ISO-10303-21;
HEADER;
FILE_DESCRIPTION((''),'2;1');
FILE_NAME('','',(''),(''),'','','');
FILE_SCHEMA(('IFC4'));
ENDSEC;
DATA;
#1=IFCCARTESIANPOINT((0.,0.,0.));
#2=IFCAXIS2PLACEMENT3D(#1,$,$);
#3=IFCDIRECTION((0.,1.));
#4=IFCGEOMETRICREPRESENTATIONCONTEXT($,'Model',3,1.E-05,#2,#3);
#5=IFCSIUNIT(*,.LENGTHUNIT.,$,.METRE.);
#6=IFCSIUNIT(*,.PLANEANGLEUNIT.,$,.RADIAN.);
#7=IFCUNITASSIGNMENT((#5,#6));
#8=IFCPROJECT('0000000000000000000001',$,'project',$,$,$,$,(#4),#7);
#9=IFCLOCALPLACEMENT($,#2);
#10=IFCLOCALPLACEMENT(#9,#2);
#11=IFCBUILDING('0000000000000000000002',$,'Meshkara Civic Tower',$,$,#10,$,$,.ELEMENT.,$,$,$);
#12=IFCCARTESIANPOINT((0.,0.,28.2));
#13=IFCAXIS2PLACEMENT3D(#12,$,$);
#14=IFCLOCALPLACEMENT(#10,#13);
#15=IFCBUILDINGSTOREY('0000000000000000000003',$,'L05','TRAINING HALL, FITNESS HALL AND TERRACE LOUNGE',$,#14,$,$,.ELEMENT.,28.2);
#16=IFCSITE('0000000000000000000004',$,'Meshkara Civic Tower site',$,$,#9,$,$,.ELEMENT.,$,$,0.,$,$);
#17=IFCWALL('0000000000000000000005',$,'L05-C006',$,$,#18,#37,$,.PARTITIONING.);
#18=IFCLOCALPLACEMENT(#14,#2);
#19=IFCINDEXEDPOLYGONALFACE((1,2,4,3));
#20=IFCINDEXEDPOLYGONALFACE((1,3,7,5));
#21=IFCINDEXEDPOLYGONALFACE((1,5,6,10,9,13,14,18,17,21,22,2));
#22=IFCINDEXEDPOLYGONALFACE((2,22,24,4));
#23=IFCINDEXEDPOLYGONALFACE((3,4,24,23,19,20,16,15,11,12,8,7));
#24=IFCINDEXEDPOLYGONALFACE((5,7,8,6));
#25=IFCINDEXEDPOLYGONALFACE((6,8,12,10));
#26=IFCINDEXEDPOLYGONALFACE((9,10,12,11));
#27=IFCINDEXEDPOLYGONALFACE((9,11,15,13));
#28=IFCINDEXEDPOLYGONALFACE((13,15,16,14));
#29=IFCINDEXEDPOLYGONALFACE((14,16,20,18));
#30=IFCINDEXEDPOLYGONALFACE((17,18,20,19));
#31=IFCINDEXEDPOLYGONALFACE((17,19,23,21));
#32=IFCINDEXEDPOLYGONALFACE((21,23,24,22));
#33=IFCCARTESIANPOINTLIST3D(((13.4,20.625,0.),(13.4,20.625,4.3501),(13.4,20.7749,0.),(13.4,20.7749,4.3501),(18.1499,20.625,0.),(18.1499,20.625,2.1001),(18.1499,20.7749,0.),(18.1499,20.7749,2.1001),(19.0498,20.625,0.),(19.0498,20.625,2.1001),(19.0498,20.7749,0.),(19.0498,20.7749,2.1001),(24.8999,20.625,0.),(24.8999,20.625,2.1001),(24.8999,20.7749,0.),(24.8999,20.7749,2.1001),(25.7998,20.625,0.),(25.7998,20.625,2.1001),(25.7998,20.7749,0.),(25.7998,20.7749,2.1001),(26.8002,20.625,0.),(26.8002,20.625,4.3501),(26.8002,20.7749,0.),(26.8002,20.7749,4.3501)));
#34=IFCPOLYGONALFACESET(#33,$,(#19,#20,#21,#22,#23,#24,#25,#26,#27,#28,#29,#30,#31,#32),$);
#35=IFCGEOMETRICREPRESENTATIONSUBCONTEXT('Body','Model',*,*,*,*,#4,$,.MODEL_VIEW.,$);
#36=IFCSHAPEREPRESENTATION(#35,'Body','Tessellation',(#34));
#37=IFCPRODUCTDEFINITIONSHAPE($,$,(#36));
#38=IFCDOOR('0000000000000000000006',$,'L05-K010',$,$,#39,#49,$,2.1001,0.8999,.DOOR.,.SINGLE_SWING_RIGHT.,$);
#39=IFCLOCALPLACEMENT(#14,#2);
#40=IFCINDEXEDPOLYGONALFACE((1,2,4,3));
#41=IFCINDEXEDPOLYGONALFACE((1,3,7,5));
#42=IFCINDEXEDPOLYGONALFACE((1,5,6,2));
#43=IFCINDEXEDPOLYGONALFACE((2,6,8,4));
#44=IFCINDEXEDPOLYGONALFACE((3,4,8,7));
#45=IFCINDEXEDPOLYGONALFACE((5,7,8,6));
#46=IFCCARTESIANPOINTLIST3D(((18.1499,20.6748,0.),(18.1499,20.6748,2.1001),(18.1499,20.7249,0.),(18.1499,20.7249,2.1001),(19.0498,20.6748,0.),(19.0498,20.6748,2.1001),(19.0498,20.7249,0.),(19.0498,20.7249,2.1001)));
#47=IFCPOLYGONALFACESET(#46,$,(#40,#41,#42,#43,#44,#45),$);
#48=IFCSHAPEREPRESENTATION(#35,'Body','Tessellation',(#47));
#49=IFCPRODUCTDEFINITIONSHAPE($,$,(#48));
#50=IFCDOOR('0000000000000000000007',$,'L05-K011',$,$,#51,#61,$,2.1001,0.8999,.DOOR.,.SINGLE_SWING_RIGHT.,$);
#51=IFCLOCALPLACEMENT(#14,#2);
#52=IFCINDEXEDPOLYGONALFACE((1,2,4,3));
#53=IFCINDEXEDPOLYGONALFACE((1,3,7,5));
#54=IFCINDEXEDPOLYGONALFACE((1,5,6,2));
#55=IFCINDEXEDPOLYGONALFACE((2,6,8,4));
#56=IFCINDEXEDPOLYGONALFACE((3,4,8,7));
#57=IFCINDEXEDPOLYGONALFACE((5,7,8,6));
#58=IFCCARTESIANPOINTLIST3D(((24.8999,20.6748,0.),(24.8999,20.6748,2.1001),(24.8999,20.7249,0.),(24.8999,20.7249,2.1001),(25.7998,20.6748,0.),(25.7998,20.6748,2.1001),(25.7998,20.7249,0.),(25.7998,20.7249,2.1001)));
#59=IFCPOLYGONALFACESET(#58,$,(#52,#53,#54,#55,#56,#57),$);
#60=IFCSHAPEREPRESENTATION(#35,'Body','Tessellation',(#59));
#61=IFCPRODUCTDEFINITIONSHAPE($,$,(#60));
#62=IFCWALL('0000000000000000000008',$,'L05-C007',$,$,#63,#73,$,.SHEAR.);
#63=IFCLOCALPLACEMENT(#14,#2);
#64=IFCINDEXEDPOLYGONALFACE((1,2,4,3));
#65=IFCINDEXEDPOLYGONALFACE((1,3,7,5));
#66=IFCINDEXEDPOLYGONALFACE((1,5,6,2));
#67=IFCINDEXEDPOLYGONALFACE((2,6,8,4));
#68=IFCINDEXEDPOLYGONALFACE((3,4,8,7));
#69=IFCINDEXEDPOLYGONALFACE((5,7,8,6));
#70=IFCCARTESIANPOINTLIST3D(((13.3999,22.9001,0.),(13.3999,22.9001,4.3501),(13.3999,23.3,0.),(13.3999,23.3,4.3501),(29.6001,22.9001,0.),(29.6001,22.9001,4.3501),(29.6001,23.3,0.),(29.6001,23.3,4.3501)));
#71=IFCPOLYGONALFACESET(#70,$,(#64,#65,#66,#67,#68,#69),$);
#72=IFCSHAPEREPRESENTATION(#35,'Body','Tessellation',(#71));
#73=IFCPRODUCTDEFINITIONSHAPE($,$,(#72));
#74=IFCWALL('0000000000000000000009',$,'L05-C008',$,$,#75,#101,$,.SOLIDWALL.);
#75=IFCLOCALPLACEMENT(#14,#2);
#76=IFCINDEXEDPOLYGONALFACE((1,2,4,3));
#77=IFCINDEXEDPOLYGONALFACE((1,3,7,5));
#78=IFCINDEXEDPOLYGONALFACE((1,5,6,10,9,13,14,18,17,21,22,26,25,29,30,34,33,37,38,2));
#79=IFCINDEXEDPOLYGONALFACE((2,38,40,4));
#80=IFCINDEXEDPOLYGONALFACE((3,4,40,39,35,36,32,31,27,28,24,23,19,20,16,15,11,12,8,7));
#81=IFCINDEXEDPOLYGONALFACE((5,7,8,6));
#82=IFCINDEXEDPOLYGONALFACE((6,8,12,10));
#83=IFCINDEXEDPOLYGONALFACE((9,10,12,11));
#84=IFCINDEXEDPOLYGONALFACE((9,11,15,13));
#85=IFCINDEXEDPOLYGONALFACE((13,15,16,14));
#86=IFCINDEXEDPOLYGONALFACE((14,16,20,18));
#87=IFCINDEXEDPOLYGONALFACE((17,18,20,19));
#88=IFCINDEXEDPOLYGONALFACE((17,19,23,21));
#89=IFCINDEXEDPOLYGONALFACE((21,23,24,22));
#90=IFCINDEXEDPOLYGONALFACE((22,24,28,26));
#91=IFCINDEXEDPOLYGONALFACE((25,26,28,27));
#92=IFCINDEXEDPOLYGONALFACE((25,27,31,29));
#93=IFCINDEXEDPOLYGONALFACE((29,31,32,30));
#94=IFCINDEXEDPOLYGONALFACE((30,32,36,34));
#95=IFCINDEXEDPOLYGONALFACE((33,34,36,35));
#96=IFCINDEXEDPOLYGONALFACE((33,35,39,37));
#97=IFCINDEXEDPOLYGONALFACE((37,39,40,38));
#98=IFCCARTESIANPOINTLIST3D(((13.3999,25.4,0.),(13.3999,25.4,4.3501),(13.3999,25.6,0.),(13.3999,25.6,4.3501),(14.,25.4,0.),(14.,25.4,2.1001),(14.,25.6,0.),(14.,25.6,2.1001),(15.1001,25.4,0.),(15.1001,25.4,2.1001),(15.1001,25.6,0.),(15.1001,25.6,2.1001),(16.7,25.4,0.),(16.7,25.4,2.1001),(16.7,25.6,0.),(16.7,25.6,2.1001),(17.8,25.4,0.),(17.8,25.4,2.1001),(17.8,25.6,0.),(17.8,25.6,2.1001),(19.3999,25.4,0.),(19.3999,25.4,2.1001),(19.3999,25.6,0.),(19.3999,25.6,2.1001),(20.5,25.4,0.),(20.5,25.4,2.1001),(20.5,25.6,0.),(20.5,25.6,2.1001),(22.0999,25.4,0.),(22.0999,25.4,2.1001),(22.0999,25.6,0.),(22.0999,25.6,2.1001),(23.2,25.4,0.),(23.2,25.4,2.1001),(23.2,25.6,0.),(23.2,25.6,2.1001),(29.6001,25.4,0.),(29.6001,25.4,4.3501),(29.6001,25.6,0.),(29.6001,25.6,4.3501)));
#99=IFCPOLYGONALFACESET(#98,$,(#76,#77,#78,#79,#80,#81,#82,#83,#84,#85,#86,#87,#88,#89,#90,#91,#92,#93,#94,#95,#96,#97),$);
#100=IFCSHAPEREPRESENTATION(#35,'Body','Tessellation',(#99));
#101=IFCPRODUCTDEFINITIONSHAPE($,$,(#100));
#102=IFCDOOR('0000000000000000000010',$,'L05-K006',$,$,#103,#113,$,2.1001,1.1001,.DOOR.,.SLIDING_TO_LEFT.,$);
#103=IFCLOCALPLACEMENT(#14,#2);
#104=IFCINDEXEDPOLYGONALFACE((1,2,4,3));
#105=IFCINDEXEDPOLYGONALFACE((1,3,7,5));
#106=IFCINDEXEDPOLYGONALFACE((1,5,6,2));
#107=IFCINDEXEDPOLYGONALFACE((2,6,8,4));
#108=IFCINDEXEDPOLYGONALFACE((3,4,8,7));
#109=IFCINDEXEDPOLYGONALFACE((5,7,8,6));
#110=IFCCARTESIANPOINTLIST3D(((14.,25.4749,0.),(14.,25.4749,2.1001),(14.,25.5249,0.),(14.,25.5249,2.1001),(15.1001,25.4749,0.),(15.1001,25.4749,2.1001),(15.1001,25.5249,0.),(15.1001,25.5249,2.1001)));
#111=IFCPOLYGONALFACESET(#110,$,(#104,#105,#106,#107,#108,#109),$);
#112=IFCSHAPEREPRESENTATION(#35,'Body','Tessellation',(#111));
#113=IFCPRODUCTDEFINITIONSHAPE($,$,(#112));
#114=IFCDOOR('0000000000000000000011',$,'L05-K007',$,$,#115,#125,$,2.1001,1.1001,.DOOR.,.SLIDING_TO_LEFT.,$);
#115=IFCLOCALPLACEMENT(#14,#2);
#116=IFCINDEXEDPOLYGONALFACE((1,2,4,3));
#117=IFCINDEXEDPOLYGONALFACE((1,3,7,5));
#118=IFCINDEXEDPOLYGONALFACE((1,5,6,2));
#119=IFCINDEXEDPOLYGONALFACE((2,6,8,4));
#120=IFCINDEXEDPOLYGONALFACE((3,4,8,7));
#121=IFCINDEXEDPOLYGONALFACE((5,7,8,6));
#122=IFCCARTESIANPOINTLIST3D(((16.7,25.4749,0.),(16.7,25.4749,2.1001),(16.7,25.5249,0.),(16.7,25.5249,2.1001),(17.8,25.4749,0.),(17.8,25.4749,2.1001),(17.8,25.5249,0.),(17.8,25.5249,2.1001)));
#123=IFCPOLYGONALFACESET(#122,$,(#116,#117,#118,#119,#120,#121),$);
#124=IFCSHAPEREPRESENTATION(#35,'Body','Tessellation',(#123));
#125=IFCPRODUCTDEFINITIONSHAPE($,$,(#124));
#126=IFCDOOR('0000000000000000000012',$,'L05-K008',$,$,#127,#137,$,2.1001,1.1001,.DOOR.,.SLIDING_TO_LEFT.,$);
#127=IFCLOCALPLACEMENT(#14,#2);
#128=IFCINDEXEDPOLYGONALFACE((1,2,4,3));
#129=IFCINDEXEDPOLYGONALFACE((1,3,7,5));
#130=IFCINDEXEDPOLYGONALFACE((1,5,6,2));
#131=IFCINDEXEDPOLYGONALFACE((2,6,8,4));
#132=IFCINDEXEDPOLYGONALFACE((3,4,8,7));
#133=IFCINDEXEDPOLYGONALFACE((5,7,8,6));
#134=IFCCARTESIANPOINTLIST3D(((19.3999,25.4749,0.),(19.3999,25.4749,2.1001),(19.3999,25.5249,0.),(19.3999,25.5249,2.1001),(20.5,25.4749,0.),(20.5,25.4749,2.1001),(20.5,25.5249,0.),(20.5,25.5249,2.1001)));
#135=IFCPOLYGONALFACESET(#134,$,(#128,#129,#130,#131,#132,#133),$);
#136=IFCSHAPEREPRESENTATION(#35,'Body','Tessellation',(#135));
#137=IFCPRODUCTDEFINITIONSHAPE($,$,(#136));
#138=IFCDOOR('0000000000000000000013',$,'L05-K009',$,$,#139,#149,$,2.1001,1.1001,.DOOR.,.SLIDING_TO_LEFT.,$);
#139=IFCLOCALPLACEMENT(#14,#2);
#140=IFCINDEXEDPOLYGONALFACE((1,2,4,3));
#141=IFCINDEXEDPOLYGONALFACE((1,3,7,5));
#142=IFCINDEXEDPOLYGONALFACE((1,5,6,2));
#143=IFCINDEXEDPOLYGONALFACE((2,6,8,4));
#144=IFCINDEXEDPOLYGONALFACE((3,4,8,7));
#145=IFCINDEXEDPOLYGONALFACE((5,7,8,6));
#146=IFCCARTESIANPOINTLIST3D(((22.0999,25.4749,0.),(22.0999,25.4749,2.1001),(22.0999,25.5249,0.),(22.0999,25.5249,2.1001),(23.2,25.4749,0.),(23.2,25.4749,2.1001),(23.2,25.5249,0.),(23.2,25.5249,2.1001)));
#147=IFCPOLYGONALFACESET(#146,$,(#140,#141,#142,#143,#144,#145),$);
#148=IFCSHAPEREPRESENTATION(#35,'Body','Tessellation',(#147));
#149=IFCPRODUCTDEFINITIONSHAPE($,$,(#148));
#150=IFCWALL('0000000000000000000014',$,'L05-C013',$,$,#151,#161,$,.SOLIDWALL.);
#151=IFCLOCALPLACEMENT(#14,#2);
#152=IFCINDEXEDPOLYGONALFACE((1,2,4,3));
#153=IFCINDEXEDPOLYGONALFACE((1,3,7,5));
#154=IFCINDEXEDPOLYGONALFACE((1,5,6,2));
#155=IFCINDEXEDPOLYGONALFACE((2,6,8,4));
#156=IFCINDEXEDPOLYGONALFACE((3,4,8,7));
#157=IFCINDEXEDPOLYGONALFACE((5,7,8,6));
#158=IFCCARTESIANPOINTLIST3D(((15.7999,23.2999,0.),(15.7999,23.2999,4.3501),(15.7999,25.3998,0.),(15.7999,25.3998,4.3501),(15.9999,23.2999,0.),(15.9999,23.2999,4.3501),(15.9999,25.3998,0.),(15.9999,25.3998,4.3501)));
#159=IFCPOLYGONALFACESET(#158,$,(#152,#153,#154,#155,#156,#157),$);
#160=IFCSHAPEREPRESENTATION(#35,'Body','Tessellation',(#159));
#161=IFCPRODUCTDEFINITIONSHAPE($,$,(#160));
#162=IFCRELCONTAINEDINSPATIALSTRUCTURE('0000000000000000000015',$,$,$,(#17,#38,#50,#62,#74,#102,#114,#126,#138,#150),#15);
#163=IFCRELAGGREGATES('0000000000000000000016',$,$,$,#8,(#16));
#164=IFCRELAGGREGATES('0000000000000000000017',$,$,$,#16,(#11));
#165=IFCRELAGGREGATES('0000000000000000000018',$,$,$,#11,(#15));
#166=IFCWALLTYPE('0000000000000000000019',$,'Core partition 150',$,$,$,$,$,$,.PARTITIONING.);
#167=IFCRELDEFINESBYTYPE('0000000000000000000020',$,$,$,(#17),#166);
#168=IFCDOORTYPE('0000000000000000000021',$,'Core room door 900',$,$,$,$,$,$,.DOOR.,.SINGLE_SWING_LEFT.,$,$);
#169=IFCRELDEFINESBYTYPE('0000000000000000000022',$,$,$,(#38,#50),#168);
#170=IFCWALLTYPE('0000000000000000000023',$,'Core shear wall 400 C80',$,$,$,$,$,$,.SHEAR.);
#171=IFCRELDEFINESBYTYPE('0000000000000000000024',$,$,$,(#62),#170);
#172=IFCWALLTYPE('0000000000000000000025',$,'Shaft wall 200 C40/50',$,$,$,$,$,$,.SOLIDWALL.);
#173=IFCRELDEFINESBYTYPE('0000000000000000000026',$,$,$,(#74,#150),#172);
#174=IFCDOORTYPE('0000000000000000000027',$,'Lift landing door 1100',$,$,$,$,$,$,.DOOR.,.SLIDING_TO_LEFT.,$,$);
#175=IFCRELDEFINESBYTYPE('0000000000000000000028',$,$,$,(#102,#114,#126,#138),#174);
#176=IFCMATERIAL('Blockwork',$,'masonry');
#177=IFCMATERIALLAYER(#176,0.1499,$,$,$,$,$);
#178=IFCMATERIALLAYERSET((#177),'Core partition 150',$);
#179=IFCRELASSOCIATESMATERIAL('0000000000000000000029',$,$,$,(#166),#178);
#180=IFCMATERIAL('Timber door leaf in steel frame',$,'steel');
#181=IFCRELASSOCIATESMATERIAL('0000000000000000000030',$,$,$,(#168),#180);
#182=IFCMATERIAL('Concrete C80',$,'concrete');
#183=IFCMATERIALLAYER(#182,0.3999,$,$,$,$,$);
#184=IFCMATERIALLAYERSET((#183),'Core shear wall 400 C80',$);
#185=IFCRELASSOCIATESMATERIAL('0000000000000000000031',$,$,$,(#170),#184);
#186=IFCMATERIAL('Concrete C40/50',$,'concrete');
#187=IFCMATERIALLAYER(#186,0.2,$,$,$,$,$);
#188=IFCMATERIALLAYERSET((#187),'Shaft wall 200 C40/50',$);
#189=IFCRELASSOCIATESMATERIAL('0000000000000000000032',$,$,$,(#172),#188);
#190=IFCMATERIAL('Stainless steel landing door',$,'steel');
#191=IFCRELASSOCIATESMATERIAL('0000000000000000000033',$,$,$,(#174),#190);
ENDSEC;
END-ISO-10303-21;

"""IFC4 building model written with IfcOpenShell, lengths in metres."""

from ifc_helpers import new_model, si_unit, direction, frame, frame_2d, origin, place, context, subcontext, project, spatial, rectangle, extrude, material, layer, layer_set, type_object, element, fill, save


model = new_model("IFC4")

# Units and contexts
model_context = context("Model", 3, precision=1e-05, world=origin(), true_north=direction((0.0, 1.0)))
body_context = subcontext(model_context, "Body", "Model", "MODEL_VIEW")
ifc_project = project(units=[si_unit("LENGTHUNIT", "METRE"), si_unit("PLANEANGLEUNIT", "RADIAN")], contexts=[model_context])

# Site, building, storey
site_placement = place(None, origin())
site = spatial("IfcSite", under=ifc_project, at=site_placement, Name="Meshkara Civic Tower site", CompositionType="ELEMENT", RefElevation=0.0)
building_placement = place(site_placement, origin())
building = spatial("IfcBuilding", under=site, at=building_placement, Name="Meshkara Civic Tower", CompositionType="ELEMENT")
storey_placement = place(building_placement, frame((0.0, 0.0, 28.2)))
storey = spatial("IfcBuildingStorey", under=building, at=storey_placement, Name="L05", Description="TRAINING HALL, FITNESS HALL AND TERRACE LOUNGE", CompositionType="ELEMENT", Elevation=28.2)

# Wall, openings, doors
ifc_material_1 = material(Name="Blockwork", Category="masonry")
ifc_layer_1 = layer(ifc_material_1, 0.1499)
ifc_layer_set_1 = layer_set([ifc_layer_1], Name="Core partition 150")
wall_type_1 = type_object("IfcWallType", Name="Core partition 150", PredefinedType="PARTITIONING", material=ifc_layer_set_1)
wall_1_placement = place(storey_placement, frame((13.3999, 20.7, 0.0), z_axis=(0.0, 0.0, 1.0), x_axis=(1.0, 0.0, 0.0)))
wall_1 = element("IfcWall", 1, at=wall_1_placement, inside=storey, type_object=wall_type_1, Name="L05-C006", PredefinedType="PARTITIONING", context=body_context, shape_type="SweptSolid", body=[
    extrude(rectangle(XDim=13.4001, YDim=0.1499, at=frame_2d((6.7002, 0.0))), origin(), (0.0, 0.0, 1.0), 4.3501),
])
opening_1_placement = place(wall_1_placement, frame((4.75, 0.0, 0.0)))
opening_1 = element("IfcOpeningElement", 2, at=opening_1_placement, cuts=wall_1, PredefinedType="OPENING", context=body_context, shape_type="SweptSolid", body=[
    extrude(rectangle(XDim=0.8999, YDim=2.1001, at=frame_2d((0.45, 1.05))), frame((0.0, 0.085, 0.0), z_axis=(0.0, -1.0, 0.0), x_axis=(1.0, 0.0, 0.0)), (0.0, 0.0, 1.0), 0.1699),
])
opening_2_placement = place(wall_1_placement, frame((11.5, 0.0, 0.0)))
opening_2 = element("IfcOpeningElement", 3, at=opening_2_placement, cuts=wall_1, PredefinedType="OPENING", context=body_context, shape_type="SweptSolid", body=[
    extrude(rectangle(XDim=0.8999, YDim=2.1001, at=frame_2d((0.45, 1.05))), frame((0.0, 0.085, 0.0), z_axis=(0.0, -1.0, 0.0), x_axis=(1.0, 0.0, 0.0)), (0.0, 0.0, 1.0), 0.1699),
])
ifc_material_2 = material(Name="Timber door leaf in steel frame", Category="steel")
door_type_1 = type_object("IfcDoorType", Name="Core room door 900", OperationType="SINGLE_SWING_LEFT", PredefinedType="DOOR", material=ifc_material_2)
door_1_placement = place(opening_1_placement, origin())
door_1 = element("IfcDoor", 4, at=door_1_placement, inside=storey, type_object=door_type_1, Name="L05-K010", OperationType="SINGLE_SWING_RIGHT", OverallHeight=2.1001, OverallWidth=0.8999, PredefinedType="DOOR", context=body_context, shape_type="SweptSolid", body=[
    extrude(rectangle(XDim=0.8999, YDim=2.1001, at=frame_2d((0.45, 1.05))), frame((0.0, 0.0249, 0.0), z_axis=(0.0, -1.0, 0.0), x_axis=(1.0, 0.0, 0.0)), (0.0, 0.0, 1.0), 0.05),
])
fill(opening_1, door_1)
door_2_placement = place(opening_2_placement, origin())
door_2 = element("IfcDoor", 5, at=door_2_placement, inside=storey, type_object=door_type_1, Name="L05-K011", OperationType="SINGLE_SWING_RIGHT", OverallHeight=2.1001, OverallWidth=0.8999, PredefinedType="DOOR", context=body_context, shape_type="SweptSolid", body=[
    extrude(rectangle(XDim=0.8999, YDim=2.1001, at=frame_2d((0.45, 1.05))), frame((0.0, 0.0249, 0.0), z_axis=(0.0, -1.0, 0.0), x_axis=(1.0, 0.0, 0.0)), (0.0, 0.0, 1.0), 0.05),
])
fill(opening_2, door_2)

# Wall
ifc_material_3 = material(Name="Concrete C80", Category="concrete")
ifc_layer_2 = layer(ifc_material_3, 0.3999)
ifc_layer_set_2 = layer_set([ifc_layer_2], Name="Core shear wall 400 C80")
wall_type_2 = type_object("IfcWallType", Name="Core shear wall 400 C80", PredefinedType="SHEAR", material=ifc_layer_set_2)
wall_2_placement = place(storey_placement, frame((13.3999, 23.1001, 0.0), z_axis=(0.0, 0.0, 1.0), x_axis=(1.0, 0.0, 0.0)))
element("IfcWall", 6, at=wall_2_placement, inside=storey, type_object=wall_type_2, Name="L05-C007", PredefinedType="SHEAR", context=body_context, shape_type="SweptSolid", body=[
    extrude(rectangle(XDim=16.2002, YDim=0.3999, at=frame_2d((8.1001, 0.0))), origin(), (0.0, 0.0, 1.0), 4.3501),
])

# Wall, openings, doors
ifc_material_4 = material(Name="Concrete C40/50", Category="concrete")
ifc_layer_3 = layer(ifc_material_4, 0.2)
ifc_layer_set_3 = layer_set([ifc_layer_3], Name="Shaft wall 200 C40/50")
wall_type_3 = type_object("IfcWallType", Name="Shaft wall 200 C40/50", PredefinedType="SOLIDWALL", material=ifc_layer_set_3)
wall_3_placement = place(storey_placement, frame((13.3999, 25.5, 0.0), z_axis=(0.0, 0.0, 1.0), x_axis=(1.0, 0.0, 0.0)))
wall_3 = element("IfcWall", 7, at=wall_3_placement, inside=storey, type_object=wall_type_3, Name="L05-C008", PredefinedType="SOLIDWALL", context=body_context, shape_type="SweptSolid", body=[
    extrude(rectangle(XDim=16.2002, YDim=0.2, at=frame_2d((8.1001, 0.0))), origin(), (0.0, 0.0, 1.0), 4.3501),
])
opening_3_placement = place(wall_3_placement, frame((0.6001, 0.0, 0.0)))
opening_3 = element("IfcOpeningElement", 8, at=opening_3_placement, cuts=wall_3, PredefinedType="OPENING", context=body_context, shape_type="SweptSolid", body=[
    extrude(rectangle(XDim=1.1001, YDim=2.1001, at=frame_2d((0.55, 1.05))), frame((0.0, 0.1099, 0.0), z_axis=(0.0, -1.0, 0.0), x_axis=(1.0, 0.0, 0.0)), (0.0, 0.0, 1.0), 0.22),
])
opening_4_placement = place(wall_3_placement, frame((3.3, 0.0, 0.0)))
opening_4 = element("IfcOpeningElement", 9, at=opening_4_placement, cuts=wall_3, PredefinedType="OPENING", context=body_context, shape_type="SweptSolid", body=[
    extrude(rectangle(XDim=1.1001, YDim=2.1001, at=frame_2d((0.55, 1.05))), frame((0.0, 0.1099, 0.0), z_axis=(0.0, -1.0, 0.0), x_axis=(1.0, 0.0, 0.0)), (0.0, 0.0, 1.0), 0.22),
])
opening_5_placement = place(wall_3_placement, frame((6.0, 0.0, 0.0)))
opening_5 = element("IfcOpeningElement", 10, at=opening_5_placement, cuts=wall_3, PredefinedType="OPENING", context=body_context, shape_type="SweptSolid", body=[
    extrude(rectangle(XDim=1.1001, YDim=2.1001, at=frame_2d((0.55, 1.05))), frame((0.0, 0.1099, 0.0), z_axis=(0.0, -1.0, 0.0), x_axis=(1.0, 0.0, 0.0)), (0.0, 0.0, 1.0), 0.22),
])
opening_6_placement = place(wall_3_placement, frame((8.7, 0.0, 0.0)))
opening_6 = element("IfcOpeningElement", 11, at=opening_6_placement, cuts=wall_3, PredefinedType="OPENING", context=body_context, shape_type="SweptSolid", body=[
    extrude(rectangle(XDim=1.1001, YDim=2.1001, at=frame_2d((0.55, 1.05))), frame((0.0, 0.1099, 0.0), z_axis=(0.0, -1.0, 0.0), x_axis=(1.0, 0.0, 0.0)), (0.0, 0.0, 1.0), 0.22),
])
ifc_material_5 = material(Name="Stainless steel landing door", Category="steel")
door_type_2 = type_object("IfcDoorType", Name="Lift landing door 1100", OperationType="SLIDING_TO_LEFT", PredefinedType="DOOR", material=ifc_material_5)
door_3_placement = place(opening_3_placement, origin())
door_3 = element("IfcDoor", 12, at=door_3_placement, inside=storey, type_object=door_type_2, Name="L05-K006", OperationType="SLIDING_TO_LEFT", OverallHeight=2.1001, OverallWidth=1.1001, PredefinedType="DOOR", context=body_context, shape_type="SweptSolid", body=[
    extrude(rectangle(XDim=1.1001, YDim=2.1001, at=frame_2d((0.55, 1.05))), frame((0.0, 0.0249, 0.0), z_axis=(0.0, -1.0, 0.0), x_axis=(1.0, 0.0, 0.0)), (0.0, 0.0, 1.0), 0.05),
])
fill(opening_3, door_3)
door_4_placement = place(opening_4_placement, origin())
door_4 = element("IfcDoor", 13, at=door_4_placement, inside=storey, type_object=door_type_2, Name="L05-K007", OperationType="SLIDING_TO_LEFT", OverallHeight=2.1001, OverallWidth=1.1001, PredefinedType="DOOR", context=body_context, shape_type="SweptSolid", body=[
    extrude(rectangle(XDim=1.1001, YDim=2.1001, at=frame_2d((0.55, 1.05))), frame((0.0, 0.0249, 0.0), z_axis=(0.0, -1.0, 0.0), x_axis=(1.0, 0.0, 0.0)), (0.0, 0.0, 1.0), 0.05),
])
fill(opening_4, door_4)
door_5_placement = place(opening_5_placement, origin())
door_5 = element("IfcDoor", 14, at=door_5_placement, inside=storey, type_object=door_type_2, Name="L05-K008", OperationType="SLIDING_TO_LEFT", OverallHeight=2.1001, OverallWidth=1.1001, PredefinedType="DOOR", context=body_context, shape_type="SweptSolid", body=[
    extrude(rectangle(XDim=1.1001, YDim=2.1001, at=frame_2d((0.55, 1.05))), frame((0.0, 0.0249, 0.0), z_axis=(0.0, -1.0, 0.0), x_axis=(1.0, 0.0, 0.0)), (0.0, 0.0, 1.0), 0.05),
])
fill(opening_5, door_5)
door_6_placement = place(opening_6_placement, origin())
door_6 = element("IfcDoor", 15, at=door_6_placement, inside=storey, type_object=door_type_2, Name="L05-K009", OperationType="SLIDING_TO_LEFT", OverallHeight=2.1001, OverallWidth=1.1001, PredefinedType="DOOR", context=body_context, shape_type="SweptSolid", body=[
    extrude(rectangle(XDim=1.1001, YDim=2.1001, at=frame_2d((0.55, 1.05))), frame((0.0, 0.0249, 0.0), z_axis=(0.0, -1.0, 0.0), x_axis=(1.0, 0.0, 0.0)), (0.0, 0.0, 1.0), 0.05),
])
fill(opening_6, door_6)

# Wall
wall_4_placement = place(storey_placement, frame((15.8999, 23.3, 0.0), z_axis=(0.0, 0.0, 1.0), x_axis=(0.0, 1.0, 0.0)))
element("IfcWall", 16, at=wall_4_placement, inside=storey, type_object=wall_type_3, Name="L05-C013", PredefinedType="SOLIDWALL", context=body_context, shape_type="SweptSolid", body=[
    extrude(rectangle(XDim=2.0999, YDim=0.2, at=frame_2d((1.0498, 0.0))), origin(), (0.0, 0.0, 1.0), 4.3501),
])

save(model, "model.ifc")
